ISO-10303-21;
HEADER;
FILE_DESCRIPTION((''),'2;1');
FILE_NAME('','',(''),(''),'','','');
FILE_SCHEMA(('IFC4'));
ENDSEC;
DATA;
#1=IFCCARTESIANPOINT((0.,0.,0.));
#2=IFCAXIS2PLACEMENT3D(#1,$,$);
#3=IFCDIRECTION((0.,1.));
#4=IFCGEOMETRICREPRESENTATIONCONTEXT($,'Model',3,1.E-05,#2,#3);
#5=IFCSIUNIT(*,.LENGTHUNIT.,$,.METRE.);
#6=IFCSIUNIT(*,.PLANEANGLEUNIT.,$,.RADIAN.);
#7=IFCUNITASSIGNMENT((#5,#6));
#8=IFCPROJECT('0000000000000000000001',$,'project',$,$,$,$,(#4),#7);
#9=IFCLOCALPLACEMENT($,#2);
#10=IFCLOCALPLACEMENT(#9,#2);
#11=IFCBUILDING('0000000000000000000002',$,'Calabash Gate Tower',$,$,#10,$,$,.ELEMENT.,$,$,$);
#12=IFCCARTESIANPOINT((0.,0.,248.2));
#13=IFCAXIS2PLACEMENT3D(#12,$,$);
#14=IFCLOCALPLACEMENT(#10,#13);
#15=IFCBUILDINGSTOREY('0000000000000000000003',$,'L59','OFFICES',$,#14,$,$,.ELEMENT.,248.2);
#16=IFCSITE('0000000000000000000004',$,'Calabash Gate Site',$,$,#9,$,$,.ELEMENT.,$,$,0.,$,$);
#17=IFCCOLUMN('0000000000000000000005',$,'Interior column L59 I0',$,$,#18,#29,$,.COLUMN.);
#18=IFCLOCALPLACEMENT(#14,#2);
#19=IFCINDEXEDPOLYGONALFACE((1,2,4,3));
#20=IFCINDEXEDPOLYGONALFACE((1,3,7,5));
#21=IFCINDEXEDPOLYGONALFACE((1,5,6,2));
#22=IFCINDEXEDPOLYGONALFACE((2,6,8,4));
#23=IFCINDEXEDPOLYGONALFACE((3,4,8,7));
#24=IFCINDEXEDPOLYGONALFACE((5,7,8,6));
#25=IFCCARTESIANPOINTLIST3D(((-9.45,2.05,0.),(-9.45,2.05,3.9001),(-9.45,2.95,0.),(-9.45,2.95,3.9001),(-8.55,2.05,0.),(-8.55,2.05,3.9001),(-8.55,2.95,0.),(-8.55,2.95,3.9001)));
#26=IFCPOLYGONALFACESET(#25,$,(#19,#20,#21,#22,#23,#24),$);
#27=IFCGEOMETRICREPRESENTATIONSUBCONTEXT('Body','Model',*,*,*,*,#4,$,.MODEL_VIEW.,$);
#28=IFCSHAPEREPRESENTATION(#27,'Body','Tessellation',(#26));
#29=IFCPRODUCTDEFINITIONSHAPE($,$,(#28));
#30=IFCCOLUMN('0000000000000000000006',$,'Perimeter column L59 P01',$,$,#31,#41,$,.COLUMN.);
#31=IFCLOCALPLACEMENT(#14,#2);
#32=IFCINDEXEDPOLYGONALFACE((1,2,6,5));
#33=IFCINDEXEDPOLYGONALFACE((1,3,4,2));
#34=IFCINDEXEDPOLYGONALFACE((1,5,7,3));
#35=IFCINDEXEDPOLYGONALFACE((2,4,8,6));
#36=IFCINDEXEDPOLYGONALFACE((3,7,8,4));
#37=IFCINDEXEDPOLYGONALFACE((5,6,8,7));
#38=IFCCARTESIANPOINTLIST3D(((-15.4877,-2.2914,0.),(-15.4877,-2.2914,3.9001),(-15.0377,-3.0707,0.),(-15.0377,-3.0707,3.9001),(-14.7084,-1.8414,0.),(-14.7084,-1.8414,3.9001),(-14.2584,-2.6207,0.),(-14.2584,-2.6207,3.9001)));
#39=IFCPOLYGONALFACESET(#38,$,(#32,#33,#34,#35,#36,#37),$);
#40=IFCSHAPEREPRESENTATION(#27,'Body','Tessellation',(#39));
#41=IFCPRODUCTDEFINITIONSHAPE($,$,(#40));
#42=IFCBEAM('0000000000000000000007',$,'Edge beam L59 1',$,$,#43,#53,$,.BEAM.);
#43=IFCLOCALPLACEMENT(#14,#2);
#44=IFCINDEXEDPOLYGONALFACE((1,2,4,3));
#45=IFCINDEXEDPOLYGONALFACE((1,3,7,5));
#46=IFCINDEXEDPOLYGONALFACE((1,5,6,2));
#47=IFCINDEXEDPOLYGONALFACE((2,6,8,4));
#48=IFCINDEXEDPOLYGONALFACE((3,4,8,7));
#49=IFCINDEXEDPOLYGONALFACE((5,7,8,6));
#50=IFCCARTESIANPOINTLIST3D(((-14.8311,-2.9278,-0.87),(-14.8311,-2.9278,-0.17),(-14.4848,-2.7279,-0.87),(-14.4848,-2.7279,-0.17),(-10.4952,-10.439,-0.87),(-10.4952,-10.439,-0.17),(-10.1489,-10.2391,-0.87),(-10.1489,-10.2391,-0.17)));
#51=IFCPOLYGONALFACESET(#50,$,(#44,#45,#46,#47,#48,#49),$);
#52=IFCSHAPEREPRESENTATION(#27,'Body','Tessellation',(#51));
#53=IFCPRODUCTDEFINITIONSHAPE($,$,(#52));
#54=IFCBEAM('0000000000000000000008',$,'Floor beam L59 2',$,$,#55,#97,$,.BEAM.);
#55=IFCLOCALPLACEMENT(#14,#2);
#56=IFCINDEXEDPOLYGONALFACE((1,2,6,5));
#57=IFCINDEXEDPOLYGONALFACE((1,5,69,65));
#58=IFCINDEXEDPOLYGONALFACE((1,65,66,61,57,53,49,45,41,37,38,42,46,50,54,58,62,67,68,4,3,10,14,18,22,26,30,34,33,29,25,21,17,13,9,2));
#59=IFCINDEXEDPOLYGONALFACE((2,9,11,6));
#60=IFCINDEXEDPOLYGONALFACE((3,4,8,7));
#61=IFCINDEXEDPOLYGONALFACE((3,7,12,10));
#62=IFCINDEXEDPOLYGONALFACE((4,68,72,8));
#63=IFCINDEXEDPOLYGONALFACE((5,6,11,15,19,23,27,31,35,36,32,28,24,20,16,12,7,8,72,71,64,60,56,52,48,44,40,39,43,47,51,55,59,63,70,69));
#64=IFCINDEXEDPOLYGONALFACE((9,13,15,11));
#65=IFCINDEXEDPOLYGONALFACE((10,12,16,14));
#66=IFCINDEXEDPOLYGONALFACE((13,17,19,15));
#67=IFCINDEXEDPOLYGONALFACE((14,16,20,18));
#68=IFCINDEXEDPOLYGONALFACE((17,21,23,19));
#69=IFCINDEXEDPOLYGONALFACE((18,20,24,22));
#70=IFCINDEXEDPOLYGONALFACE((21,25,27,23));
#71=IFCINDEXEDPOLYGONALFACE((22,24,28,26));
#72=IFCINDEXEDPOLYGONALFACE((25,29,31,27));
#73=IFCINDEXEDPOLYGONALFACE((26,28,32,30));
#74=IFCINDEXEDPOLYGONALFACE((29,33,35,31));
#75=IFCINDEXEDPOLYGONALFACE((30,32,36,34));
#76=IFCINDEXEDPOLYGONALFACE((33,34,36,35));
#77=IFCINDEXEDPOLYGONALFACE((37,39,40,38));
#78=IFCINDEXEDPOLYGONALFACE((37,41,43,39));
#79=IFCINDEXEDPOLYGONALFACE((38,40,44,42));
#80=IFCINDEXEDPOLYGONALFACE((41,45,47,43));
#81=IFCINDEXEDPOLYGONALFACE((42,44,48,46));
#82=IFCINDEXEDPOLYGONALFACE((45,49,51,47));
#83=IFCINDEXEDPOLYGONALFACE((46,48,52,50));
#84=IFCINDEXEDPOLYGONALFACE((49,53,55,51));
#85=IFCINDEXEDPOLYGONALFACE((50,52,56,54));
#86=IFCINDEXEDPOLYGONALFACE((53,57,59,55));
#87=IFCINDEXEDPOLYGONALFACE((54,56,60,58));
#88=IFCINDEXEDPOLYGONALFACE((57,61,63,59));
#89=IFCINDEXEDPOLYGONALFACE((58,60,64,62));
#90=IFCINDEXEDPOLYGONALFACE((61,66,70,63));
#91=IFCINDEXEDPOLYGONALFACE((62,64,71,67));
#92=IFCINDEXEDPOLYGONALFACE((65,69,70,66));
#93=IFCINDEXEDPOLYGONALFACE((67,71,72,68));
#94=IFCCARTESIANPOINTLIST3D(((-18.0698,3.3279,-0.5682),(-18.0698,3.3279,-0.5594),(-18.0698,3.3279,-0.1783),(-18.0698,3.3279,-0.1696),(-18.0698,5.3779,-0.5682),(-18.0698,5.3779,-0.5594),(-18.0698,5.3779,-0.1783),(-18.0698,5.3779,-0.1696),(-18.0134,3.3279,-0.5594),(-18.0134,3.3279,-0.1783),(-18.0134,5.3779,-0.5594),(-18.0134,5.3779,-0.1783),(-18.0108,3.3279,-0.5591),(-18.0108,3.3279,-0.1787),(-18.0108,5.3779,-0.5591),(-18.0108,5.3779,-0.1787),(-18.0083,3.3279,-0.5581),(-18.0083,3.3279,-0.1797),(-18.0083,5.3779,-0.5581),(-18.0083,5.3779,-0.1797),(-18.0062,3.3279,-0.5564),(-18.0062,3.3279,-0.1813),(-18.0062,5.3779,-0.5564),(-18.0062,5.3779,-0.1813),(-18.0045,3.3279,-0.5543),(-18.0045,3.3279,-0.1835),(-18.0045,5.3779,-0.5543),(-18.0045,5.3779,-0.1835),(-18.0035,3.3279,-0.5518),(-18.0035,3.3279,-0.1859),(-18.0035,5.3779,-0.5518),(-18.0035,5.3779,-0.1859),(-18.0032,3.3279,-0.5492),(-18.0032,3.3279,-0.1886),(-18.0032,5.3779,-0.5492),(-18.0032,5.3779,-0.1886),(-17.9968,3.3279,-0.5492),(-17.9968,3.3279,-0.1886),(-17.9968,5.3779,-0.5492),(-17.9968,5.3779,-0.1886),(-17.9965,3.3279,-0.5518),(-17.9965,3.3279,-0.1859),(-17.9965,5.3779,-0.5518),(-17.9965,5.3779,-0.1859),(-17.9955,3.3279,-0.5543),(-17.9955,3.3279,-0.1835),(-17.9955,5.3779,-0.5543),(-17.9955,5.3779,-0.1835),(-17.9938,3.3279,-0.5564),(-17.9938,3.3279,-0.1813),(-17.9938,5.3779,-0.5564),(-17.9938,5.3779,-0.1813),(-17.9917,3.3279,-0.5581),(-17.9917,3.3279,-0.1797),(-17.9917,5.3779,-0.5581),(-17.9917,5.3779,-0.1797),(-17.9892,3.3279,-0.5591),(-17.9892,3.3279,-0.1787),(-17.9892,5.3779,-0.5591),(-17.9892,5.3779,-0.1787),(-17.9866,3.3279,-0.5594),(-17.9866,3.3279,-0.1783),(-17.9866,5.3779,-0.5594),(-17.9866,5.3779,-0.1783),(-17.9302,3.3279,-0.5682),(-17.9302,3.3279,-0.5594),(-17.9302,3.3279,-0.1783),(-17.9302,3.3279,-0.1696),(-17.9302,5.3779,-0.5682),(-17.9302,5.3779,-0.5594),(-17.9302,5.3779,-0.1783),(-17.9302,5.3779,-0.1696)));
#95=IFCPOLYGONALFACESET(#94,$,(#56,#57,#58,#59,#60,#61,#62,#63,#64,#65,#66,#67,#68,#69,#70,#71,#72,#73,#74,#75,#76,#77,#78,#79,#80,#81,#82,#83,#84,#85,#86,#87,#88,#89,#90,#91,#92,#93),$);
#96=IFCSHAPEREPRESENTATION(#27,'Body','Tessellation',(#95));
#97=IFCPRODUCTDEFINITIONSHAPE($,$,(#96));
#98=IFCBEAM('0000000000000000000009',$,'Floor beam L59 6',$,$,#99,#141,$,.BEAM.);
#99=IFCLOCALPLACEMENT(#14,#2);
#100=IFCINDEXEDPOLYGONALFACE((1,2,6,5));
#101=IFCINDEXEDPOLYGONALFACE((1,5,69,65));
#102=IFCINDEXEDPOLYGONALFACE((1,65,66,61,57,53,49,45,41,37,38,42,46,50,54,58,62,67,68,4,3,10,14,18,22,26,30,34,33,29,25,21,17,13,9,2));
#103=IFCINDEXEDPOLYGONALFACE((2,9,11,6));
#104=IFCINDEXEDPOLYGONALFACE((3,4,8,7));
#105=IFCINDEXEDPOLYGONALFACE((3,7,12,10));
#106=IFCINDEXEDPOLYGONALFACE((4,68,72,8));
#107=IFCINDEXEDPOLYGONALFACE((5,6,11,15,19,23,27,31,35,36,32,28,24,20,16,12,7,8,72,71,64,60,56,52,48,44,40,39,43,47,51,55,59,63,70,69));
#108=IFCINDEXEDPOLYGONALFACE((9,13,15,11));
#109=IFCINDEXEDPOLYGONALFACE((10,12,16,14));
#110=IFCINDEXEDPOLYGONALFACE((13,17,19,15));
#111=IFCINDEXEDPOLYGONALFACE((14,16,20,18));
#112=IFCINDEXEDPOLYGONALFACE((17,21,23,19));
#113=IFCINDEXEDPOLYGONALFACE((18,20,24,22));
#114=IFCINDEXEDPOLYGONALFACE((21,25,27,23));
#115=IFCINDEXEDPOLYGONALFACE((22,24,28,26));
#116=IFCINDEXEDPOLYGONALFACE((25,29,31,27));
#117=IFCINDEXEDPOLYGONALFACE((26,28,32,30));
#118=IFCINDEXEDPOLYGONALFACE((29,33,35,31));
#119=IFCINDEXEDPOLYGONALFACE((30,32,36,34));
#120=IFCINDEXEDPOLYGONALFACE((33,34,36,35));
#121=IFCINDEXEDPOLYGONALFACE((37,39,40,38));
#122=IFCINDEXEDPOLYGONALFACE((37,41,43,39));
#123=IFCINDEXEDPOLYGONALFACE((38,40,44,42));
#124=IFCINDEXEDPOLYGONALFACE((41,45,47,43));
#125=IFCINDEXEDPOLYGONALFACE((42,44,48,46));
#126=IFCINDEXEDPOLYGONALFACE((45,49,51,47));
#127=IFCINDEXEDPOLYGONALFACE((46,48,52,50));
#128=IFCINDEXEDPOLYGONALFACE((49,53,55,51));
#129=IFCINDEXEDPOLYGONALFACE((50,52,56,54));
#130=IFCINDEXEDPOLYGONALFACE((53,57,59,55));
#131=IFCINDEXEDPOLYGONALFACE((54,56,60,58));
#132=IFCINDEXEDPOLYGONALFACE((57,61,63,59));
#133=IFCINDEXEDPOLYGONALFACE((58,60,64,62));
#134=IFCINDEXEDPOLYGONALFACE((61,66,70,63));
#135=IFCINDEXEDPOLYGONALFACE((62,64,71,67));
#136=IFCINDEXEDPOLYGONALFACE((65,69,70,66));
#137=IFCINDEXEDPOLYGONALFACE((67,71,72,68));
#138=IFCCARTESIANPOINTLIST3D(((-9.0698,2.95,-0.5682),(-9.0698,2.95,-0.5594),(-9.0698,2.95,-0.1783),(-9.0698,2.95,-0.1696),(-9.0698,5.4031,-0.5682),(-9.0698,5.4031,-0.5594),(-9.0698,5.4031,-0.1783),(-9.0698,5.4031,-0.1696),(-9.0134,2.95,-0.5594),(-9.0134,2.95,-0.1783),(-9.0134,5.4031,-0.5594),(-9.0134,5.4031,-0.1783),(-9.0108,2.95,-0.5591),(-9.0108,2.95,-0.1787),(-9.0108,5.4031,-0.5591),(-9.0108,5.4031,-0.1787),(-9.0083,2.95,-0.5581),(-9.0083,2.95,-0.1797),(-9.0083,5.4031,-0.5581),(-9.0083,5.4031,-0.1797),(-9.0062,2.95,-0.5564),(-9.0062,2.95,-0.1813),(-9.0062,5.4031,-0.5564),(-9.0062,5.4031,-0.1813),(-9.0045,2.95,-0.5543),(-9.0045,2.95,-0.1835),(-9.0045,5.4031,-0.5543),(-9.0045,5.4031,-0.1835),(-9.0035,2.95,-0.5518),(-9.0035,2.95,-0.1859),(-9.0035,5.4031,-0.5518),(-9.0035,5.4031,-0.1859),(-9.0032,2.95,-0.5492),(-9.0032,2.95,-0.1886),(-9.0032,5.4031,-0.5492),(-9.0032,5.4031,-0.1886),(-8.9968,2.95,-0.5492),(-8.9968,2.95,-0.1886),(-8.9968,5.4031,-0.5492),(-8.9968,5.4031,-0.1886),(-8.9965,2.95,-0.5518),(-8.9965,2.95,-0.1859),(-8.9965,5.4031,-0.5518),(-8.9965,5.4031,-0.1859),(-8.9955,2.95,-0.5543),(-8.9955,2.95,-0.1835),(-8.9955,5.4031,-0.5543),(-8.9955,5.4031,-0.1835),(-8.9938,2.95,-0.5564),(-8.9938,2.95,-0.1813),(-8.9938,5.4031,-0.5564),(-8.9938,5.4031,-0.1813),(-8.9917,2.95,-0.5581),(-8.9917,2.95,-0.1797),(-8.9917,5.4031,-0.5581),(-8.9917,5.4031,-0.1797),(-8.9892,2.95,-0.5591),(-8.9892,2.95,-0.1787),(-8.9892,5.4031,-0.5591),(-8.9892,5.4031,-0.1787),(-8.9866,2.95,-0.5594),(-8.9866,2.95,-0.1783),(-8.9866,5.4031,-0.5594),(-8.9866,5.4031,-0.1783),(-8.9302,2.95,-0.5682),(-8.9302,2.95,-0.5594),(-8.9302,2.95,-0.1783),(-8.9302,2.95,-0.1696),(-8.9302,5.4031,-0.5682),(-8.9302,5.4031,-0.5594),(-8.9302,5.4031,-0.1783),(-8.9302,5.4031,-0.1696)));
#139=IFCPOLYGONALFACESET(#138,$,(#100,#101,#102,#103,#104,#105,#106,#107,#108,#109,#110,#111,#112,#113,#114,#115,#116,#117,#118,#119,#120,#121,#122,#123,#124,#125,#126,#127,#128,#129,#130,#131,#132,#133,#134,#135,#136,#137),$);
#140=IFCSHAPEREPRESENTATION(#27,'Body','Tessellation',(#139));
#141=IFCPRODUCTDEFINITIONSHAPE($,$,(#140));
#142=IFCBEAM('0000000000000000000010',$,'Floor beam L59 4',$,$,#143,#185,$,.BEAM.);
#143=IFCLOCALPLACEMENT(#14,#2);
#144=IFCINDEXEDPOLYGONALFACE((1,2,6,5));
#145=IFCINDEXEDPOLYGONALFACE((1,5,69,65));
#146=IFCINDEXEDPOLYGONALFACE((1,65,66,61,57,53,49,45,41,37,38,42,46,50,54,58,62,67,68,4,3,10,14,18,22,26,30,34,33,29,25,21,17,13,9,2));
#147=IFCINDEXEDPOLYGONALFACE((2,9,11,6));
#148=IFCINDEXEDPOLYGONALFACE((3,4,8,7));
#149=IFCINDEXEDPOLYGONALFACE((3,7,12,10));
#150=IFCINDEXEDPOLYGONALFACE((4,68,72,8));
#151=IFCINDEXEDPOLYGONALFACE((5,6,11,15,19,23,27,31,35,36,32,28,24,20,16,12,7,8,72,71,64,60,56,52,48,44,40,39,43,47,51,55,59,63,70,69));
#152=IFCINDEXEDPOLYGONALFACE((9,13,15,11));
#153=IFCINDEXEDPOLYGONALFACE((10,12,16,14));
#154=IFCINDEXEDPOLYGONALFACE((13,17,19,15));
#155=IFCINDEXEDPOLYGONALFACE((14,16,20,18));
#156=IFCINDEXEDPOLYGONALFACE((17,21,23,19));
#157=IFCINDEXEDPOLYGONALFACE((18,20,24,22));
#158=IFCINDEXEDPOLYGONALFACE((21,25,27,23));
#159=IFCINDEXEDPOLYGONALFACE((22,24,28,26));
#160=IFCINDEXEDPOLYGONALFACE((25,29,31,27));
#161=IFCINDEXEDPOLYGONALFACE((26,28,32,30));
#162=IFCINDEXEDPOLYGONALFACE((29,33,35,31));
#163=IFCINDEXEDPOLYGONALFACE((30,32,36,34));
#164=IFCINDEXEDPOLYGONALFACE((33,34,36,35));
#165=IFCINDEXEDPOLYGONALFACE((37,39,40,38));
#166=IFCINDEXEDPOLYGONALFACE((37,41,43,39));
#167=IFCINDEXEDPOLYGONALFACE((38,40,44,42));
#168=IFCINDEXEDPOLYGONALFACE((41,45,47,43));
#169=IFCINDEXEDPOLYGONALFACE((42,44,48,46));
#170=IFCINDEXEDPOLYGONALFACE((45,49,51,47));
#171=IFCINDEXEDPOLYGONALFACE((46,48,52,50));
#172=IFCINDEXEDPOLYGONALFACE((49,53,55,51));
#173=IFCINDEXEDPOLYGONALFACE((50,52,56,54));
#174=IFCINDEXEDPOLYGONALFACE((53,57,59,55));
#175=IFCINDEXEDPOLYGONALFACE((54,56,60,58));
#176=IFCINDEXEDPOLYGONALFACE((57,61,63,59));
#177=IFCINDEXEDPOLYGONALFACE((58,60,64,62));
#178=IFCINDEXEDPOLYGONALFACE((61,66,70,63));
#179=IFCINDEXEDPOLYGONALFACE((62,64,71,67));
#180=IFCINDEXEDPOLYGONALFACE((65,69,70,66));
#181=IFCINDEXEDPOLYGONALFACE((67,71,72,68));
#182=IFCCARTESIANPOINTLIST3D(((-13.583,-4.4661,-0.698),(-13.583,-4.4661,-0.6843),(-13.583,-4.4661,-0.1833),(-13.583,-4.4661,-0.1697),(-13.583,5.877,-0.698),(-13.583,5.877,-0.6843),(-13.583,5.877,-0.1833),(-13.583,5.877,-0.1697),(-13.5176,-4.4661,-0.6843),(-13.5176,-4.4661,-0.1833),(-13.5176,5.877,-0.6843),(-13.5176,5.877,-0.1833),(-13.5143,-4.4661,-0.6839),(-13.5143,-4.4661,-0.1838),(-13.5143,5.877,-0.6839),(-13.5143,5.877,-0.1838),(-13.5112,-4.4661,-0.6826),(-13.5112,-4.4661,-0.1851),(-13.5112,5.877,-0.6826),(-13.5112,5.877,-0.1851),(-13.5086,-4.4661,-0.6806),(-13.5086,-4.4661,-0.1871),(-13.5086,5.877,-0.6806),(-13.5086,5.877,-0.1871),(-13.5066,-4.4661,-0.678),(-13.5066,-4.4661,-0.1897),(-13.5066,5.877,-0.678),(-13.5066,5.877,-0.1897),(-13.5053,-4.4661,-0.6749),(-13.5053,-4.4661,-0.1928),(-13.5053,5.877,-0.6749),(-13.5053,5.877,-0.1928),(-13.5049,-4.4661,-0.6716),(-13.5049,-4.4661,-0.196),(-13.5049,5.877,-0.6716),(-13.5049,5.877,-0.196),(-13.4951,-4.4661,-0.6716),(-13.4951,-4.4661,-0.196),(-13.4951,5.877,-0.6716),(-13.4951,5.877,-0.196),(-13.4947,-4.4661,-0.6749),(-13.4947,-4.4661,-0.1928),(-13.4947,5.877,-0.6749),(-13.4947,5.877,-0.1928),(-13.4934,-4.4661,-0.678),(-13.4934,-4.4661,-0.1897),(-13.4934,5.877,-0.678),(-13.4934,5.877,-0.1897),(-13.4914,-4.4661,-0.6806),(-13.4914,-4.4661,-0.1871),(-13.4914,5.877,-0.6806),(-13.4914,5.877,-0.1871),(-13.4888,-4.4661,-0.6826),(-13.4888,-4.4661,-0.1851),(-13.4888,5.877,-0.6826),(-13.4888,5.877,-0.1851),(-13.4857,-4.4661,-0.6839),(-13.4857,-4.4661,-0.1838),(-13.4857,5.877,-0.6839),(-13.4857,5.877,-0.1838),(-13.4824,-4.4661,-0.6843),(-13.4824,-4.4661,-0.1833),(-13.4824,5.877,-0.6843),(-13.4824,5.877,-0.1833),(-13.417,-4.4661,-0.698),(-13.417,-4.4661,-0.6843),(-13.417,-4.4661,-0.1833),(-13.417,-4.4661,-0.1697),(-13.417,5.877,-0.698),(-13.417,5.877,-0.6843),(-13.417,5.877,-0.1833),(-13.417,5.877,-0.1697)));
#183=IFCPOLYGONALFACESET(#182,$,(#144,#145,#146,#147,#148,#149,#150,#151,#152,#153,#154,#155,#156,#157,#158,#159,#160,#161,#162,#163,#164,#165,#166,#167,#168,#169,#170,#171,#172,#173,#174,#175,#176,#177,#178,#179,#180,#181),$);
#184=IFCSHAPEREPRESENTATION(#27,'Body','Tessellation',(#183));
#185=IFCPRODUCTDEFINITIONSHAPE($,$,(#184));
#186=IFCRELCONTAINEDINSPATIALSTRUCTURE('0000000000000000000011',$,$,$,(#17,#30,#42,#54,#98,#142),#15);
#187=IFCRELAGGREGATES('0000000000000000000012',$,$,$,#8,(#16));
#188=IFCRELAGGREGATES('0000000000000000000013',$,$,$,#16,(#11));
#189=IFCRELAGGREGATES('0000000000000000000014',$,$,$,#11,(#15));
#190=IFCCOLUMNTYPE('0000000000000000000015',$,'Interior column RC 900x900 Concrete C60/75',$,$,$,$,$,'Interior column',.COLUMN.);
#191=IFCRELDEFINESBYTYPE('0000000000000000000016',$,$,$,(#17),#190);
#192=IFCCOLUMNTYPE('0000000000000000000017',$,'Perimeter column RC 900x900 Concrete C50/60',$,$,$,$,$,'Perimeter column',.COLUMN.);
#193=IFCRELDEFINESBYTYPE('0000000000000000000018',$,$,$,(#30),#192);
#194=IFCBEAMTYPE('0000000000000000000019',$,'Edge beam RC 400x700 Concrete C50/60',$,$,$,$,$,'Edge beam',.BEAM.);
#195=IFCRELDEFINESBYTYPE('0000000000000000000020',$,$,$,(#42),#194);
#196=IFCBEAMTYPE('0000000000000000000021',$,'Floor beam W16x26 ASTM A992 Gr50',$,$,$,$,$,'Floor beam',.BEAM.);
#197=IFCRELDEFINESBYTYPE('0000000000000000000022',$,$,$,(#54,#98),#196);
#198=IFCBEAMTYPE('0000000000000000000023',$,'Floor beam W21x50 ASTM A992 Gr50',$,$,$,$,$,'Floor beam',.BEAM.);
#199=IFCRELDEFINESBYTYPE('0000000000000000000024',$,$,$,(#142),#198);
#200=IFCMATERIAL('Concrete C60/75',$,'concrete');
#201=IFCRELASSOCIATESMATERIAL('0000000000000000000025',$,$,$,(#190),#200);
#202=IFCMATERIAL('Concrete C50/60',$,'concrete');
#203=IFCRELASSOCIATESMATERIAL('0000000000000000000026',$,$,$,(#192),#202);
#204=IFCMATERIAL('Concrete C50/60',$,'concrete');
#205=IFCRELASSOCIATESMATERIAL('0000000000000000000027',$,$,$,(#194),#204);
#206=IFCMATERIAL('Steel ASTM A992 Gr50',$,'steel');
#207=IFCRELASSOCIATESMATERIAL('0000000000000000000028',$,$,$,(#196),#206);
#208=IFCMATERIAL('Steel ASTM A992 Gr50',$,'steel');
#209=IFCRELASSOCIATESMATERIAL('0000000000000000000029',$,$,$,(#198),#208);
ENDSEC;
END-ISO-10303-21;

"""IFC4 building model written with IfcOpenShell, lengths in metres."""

from ifc_helpers import new_model, si_unit, direction, frame, origin, origin_2d, place, context, subcontext, project, spatial, rectangle, i_section, extrude, material, material_profile, profile_set, type_object, element, save


model = new_model("IFC4")

# Units and contexts
model_context = context("Model", 3, precision=1e-05, world=origin(), true_north=direction((0.0, 1.0)))
body_context = subcontext(model_context, "Body", "Model", "MODEL_VIEW")
ifc_project = project(units=[si_unit("LENGTHUNIT", "METRE"), si_unit("PLANEANGLEUNIT", "RADIAN")], contexts=[model_context])

# Site, building, storey
site_placement = place(None, origin())
site = spatial("IfcSite", under=ifc_project, at=site_placement, Name="Calabash Gate Site", CompositionType="ELEMENT", RefElevation=0.0)
building_placement = place(site_placement, origin())
building = spatial("IfcBuilding", under=site, at=building_placement, Name="Calabash Gate Tower", CompositionType="ELEMENT")
storey_placement = place(building_placement, frame((0.0, 0.0, 248.2)))
storey = spatial("IfcBuildingStorey", under=building, at=storey_placement, Name="L59", Description="OFFICES", CompositionType="ELEMENT", Elevation=248.2)

# Columns
ifc_material_1 = material(Name="Concrete C60/75", Category="concrete")
ifc_material_profile_1 = material_profile(ifc_material_1, rectangle(XDim=0.8999, YDim=0.8999, at=origin_2d()))
ifc_profile_set_1 = profile_set([ifc_material_profile_1], Name="Concrete C60/75")
column_type_1 = type_object("IfcColumnType", Name="Interior column RC 900x900 Concrete C60/75", ElementType="Interior column", PredefinedType="COLUMN", material=ifc_profile_set_1)
column_1_placement = place(storey_placement, frame((-9.0, 2.5, 0.0), z_axis=(0.0, 0.0, 1.0), x_axis=(1.0, 0.0, 0.0)))
element("IfcColumn", 1, at=column_1_placement, inside=storey, type_object=column_type_1, Name="Interior column L59 I0", PredefinedType="COLUMN", context=body_context, shape_type="SweptSolid", body=[
    extrude(rectangle(XDim=0.8999, YDim=0.8999, at=origin_2d()), origin(), (0.0, 0.0, 1.0), 3.9001),
])
ifc_material_2 = material(Name="Concrete C50/60", Category="concrete")
ifc_material_profile_2 = material_profile(ifc_material_2, rectangle(XDim=0.8999, YDim=0.8999, at=origin_2d()))
ifc_profile_set_2 = profile_set([ifc_material_profile_2], Name="Concrete C50/60")
column_type_2 = type_object("IfcColumnType", Name="Perimeter column RC 900x900 Concrete C50/60", ElementType="Perimeter column", PredefinedType="COLUMN", material=ifc_profile_set_2)
column_2_placement = place(storey_placement, frame((-14.873, -2.4561, 0.0), z_axis=(0.0, 0.0, 1.0), x_axis=(0.5, -0.866025, 0.0)))
element("IfcColumn", 2, at=column_2_placement, inside=storey, type_object=column_type_2, Name="Perimeter column L59 P01", PredefinedType="COLUMN", context=body_context, shape_type="SweptSolid", body=[
    extrude(rectangle(XDim=0.8999, YDim=0.8999, at=origin_2d()), origin(), (0.0, 0.0, 1.0), 3.9001),
])

# Beams
ifc_material_3 = material(Name="Concrete C50/60", Category="concrete")
ifc_material_profile_3 = material_profile(ifc_material_3, rectangle(XDim=0.3999, YDim=0.7, at=origin_2d()))
ifc_profile_set_3 = profile_set([ifc_material_profile_3], Name="Concrete C50/60")
beam_type_1 = type_object("IfcBeamType", Name="Edge beam RC 400x700 Concrete C50/60", ElementType="Edge beam", PredefinedType="BEAM", material=ifc_profile_set_3)
beam_1_placement = place(storey_placement, frame((-14.658, -2.8279, -0.52), z_axis=(0.499942, -0.866059, 0.0), x_axis=(0.866059, 0.499942, 0.0)))
element("IfcBeam", 3, at=beam_1_placement, inside=storey, type_object=beam_type_1, Name="Edge beam L59 1", PredefinedType="BEAM", context=body_context, shape_type="SweptSolid", body=[
    extrude(rectangle(XDim=0.3999, YDim=0.7, at=origin_2d()), origin(), (0.0, 0.0, 1.0), 8.6729),
])
ifc_material_4 = material(Name="Steel ASTM A992 Gr50", Category="steel")
ifc_material_profile_4 = material_profile(ifc_material_4, i_section(OverallWidth=0.1396, OverallDepth=0.3987, WebThickness=0.0063, FlangeThickness=0.0088, FilletRadius=0.0103, at=origin_2d()))
ifc_profile_set_4 = profile_set([ifc_material_profile_4], Name="Steel ASTM A992 Gr50")
beam_type_2 = type_object("IfcBeamType", Name="Floor beam W16x26 ASTM A992 Gr50", ElementType="Floor beam", PredefinedType="BEAM", material=ifc_profile_set_4)
beam_2_placement = place(storey_placement, frame((-18.0, 3.3279, -0.3689), z_axis=(0.0, 1.0, 0.0), x_axis=(-1.0, 0.0, 0.0)))
element("IfcBeam", 4, at=beam_2_placement, inside=storey, type_object=beam_type_2, Name="Floor beam L59 2", PredefinedType="BEAM", context=body_context, shape_type="SweptSolid", body=[
    extrude(i_section(OverallWidth=0.1396, OverallDepth=0.3987, WebThickness=0.0063, FlangeThickness=0.0088, FilletRadius=0.0103, at=origin_2d()), origin(), (0.0, 0.0, 1.0), 2.05),
])
beam_3_placement = place(storey_placement, frame((-9.0, 2.95, -0.3689), z_axis=(0.0, 1.0, 0.0), x_axis=(-1.0, 0.0, 0.0)))
element("IfcBeam", 5, at=beam_3_placement, inside=storey, type_object=beam_type_2, Name="Floor beam L59 6", PredefinedType="BEAM", context=body_context, shape_type="SweptSolid", body=[
    extrude(i_section(OverallWidth=0.1396, OverallDepth=0.3987, WebThickness=0.0063, FlangeThickness=0.0088, FilletRadius=0.0103, at=origin_2d()), origin(), (0.0, 0.0, 1.0), 2.4531),
])
ifc_material_5 = material(Name="Steel ASTM A992 Gr50", Category="steel")
ifc_material_profile_5 = material_profile(ifc_material_5, i_section(OverallWidth=0.166, OverallDepth=0.5283, WebThickness=0.0098, FlangeThickness=0.0137, FilletRadius=0.0127, at=origin_2d()))
ifc_profile_set_5 = profile_set([ifc_material_profile_5], Name="Steel ASTM A992 Gr50")
beam_type_3 = type_object("IfcBeamType", Name="Floor beam W21x50 ASTM A992 Gr50", ElementType="Floor beam", PredefinedType="BEAM", material=ifc_profile_set_5)
beam_4_placement = place(storey_placement, frame((-13.5, -4.4661, -0.4338), z_axis=(0.0, 1.0, 0.0), x_axis=(-1.0, 0.0, 0.0)))
element("IfcBeam", 6, at=beam_4_placement, inside=storey, type_object=beam_type_3, Name="Floor beam L59 4", PredefinedType="BEAM", context=body_context, shape_type="SweptSolid", body=[
    extrude(i_section(OverallWidth=0.166, OverallDepth=0.5283, WebThickness=0.0098, FlangeThickness=0.0137, FilletRadius=0.0127, at=origin_2d()), origin(), (0.0, 0.0, 1.0), 10.343),
])

save(model, "model.ifc")
